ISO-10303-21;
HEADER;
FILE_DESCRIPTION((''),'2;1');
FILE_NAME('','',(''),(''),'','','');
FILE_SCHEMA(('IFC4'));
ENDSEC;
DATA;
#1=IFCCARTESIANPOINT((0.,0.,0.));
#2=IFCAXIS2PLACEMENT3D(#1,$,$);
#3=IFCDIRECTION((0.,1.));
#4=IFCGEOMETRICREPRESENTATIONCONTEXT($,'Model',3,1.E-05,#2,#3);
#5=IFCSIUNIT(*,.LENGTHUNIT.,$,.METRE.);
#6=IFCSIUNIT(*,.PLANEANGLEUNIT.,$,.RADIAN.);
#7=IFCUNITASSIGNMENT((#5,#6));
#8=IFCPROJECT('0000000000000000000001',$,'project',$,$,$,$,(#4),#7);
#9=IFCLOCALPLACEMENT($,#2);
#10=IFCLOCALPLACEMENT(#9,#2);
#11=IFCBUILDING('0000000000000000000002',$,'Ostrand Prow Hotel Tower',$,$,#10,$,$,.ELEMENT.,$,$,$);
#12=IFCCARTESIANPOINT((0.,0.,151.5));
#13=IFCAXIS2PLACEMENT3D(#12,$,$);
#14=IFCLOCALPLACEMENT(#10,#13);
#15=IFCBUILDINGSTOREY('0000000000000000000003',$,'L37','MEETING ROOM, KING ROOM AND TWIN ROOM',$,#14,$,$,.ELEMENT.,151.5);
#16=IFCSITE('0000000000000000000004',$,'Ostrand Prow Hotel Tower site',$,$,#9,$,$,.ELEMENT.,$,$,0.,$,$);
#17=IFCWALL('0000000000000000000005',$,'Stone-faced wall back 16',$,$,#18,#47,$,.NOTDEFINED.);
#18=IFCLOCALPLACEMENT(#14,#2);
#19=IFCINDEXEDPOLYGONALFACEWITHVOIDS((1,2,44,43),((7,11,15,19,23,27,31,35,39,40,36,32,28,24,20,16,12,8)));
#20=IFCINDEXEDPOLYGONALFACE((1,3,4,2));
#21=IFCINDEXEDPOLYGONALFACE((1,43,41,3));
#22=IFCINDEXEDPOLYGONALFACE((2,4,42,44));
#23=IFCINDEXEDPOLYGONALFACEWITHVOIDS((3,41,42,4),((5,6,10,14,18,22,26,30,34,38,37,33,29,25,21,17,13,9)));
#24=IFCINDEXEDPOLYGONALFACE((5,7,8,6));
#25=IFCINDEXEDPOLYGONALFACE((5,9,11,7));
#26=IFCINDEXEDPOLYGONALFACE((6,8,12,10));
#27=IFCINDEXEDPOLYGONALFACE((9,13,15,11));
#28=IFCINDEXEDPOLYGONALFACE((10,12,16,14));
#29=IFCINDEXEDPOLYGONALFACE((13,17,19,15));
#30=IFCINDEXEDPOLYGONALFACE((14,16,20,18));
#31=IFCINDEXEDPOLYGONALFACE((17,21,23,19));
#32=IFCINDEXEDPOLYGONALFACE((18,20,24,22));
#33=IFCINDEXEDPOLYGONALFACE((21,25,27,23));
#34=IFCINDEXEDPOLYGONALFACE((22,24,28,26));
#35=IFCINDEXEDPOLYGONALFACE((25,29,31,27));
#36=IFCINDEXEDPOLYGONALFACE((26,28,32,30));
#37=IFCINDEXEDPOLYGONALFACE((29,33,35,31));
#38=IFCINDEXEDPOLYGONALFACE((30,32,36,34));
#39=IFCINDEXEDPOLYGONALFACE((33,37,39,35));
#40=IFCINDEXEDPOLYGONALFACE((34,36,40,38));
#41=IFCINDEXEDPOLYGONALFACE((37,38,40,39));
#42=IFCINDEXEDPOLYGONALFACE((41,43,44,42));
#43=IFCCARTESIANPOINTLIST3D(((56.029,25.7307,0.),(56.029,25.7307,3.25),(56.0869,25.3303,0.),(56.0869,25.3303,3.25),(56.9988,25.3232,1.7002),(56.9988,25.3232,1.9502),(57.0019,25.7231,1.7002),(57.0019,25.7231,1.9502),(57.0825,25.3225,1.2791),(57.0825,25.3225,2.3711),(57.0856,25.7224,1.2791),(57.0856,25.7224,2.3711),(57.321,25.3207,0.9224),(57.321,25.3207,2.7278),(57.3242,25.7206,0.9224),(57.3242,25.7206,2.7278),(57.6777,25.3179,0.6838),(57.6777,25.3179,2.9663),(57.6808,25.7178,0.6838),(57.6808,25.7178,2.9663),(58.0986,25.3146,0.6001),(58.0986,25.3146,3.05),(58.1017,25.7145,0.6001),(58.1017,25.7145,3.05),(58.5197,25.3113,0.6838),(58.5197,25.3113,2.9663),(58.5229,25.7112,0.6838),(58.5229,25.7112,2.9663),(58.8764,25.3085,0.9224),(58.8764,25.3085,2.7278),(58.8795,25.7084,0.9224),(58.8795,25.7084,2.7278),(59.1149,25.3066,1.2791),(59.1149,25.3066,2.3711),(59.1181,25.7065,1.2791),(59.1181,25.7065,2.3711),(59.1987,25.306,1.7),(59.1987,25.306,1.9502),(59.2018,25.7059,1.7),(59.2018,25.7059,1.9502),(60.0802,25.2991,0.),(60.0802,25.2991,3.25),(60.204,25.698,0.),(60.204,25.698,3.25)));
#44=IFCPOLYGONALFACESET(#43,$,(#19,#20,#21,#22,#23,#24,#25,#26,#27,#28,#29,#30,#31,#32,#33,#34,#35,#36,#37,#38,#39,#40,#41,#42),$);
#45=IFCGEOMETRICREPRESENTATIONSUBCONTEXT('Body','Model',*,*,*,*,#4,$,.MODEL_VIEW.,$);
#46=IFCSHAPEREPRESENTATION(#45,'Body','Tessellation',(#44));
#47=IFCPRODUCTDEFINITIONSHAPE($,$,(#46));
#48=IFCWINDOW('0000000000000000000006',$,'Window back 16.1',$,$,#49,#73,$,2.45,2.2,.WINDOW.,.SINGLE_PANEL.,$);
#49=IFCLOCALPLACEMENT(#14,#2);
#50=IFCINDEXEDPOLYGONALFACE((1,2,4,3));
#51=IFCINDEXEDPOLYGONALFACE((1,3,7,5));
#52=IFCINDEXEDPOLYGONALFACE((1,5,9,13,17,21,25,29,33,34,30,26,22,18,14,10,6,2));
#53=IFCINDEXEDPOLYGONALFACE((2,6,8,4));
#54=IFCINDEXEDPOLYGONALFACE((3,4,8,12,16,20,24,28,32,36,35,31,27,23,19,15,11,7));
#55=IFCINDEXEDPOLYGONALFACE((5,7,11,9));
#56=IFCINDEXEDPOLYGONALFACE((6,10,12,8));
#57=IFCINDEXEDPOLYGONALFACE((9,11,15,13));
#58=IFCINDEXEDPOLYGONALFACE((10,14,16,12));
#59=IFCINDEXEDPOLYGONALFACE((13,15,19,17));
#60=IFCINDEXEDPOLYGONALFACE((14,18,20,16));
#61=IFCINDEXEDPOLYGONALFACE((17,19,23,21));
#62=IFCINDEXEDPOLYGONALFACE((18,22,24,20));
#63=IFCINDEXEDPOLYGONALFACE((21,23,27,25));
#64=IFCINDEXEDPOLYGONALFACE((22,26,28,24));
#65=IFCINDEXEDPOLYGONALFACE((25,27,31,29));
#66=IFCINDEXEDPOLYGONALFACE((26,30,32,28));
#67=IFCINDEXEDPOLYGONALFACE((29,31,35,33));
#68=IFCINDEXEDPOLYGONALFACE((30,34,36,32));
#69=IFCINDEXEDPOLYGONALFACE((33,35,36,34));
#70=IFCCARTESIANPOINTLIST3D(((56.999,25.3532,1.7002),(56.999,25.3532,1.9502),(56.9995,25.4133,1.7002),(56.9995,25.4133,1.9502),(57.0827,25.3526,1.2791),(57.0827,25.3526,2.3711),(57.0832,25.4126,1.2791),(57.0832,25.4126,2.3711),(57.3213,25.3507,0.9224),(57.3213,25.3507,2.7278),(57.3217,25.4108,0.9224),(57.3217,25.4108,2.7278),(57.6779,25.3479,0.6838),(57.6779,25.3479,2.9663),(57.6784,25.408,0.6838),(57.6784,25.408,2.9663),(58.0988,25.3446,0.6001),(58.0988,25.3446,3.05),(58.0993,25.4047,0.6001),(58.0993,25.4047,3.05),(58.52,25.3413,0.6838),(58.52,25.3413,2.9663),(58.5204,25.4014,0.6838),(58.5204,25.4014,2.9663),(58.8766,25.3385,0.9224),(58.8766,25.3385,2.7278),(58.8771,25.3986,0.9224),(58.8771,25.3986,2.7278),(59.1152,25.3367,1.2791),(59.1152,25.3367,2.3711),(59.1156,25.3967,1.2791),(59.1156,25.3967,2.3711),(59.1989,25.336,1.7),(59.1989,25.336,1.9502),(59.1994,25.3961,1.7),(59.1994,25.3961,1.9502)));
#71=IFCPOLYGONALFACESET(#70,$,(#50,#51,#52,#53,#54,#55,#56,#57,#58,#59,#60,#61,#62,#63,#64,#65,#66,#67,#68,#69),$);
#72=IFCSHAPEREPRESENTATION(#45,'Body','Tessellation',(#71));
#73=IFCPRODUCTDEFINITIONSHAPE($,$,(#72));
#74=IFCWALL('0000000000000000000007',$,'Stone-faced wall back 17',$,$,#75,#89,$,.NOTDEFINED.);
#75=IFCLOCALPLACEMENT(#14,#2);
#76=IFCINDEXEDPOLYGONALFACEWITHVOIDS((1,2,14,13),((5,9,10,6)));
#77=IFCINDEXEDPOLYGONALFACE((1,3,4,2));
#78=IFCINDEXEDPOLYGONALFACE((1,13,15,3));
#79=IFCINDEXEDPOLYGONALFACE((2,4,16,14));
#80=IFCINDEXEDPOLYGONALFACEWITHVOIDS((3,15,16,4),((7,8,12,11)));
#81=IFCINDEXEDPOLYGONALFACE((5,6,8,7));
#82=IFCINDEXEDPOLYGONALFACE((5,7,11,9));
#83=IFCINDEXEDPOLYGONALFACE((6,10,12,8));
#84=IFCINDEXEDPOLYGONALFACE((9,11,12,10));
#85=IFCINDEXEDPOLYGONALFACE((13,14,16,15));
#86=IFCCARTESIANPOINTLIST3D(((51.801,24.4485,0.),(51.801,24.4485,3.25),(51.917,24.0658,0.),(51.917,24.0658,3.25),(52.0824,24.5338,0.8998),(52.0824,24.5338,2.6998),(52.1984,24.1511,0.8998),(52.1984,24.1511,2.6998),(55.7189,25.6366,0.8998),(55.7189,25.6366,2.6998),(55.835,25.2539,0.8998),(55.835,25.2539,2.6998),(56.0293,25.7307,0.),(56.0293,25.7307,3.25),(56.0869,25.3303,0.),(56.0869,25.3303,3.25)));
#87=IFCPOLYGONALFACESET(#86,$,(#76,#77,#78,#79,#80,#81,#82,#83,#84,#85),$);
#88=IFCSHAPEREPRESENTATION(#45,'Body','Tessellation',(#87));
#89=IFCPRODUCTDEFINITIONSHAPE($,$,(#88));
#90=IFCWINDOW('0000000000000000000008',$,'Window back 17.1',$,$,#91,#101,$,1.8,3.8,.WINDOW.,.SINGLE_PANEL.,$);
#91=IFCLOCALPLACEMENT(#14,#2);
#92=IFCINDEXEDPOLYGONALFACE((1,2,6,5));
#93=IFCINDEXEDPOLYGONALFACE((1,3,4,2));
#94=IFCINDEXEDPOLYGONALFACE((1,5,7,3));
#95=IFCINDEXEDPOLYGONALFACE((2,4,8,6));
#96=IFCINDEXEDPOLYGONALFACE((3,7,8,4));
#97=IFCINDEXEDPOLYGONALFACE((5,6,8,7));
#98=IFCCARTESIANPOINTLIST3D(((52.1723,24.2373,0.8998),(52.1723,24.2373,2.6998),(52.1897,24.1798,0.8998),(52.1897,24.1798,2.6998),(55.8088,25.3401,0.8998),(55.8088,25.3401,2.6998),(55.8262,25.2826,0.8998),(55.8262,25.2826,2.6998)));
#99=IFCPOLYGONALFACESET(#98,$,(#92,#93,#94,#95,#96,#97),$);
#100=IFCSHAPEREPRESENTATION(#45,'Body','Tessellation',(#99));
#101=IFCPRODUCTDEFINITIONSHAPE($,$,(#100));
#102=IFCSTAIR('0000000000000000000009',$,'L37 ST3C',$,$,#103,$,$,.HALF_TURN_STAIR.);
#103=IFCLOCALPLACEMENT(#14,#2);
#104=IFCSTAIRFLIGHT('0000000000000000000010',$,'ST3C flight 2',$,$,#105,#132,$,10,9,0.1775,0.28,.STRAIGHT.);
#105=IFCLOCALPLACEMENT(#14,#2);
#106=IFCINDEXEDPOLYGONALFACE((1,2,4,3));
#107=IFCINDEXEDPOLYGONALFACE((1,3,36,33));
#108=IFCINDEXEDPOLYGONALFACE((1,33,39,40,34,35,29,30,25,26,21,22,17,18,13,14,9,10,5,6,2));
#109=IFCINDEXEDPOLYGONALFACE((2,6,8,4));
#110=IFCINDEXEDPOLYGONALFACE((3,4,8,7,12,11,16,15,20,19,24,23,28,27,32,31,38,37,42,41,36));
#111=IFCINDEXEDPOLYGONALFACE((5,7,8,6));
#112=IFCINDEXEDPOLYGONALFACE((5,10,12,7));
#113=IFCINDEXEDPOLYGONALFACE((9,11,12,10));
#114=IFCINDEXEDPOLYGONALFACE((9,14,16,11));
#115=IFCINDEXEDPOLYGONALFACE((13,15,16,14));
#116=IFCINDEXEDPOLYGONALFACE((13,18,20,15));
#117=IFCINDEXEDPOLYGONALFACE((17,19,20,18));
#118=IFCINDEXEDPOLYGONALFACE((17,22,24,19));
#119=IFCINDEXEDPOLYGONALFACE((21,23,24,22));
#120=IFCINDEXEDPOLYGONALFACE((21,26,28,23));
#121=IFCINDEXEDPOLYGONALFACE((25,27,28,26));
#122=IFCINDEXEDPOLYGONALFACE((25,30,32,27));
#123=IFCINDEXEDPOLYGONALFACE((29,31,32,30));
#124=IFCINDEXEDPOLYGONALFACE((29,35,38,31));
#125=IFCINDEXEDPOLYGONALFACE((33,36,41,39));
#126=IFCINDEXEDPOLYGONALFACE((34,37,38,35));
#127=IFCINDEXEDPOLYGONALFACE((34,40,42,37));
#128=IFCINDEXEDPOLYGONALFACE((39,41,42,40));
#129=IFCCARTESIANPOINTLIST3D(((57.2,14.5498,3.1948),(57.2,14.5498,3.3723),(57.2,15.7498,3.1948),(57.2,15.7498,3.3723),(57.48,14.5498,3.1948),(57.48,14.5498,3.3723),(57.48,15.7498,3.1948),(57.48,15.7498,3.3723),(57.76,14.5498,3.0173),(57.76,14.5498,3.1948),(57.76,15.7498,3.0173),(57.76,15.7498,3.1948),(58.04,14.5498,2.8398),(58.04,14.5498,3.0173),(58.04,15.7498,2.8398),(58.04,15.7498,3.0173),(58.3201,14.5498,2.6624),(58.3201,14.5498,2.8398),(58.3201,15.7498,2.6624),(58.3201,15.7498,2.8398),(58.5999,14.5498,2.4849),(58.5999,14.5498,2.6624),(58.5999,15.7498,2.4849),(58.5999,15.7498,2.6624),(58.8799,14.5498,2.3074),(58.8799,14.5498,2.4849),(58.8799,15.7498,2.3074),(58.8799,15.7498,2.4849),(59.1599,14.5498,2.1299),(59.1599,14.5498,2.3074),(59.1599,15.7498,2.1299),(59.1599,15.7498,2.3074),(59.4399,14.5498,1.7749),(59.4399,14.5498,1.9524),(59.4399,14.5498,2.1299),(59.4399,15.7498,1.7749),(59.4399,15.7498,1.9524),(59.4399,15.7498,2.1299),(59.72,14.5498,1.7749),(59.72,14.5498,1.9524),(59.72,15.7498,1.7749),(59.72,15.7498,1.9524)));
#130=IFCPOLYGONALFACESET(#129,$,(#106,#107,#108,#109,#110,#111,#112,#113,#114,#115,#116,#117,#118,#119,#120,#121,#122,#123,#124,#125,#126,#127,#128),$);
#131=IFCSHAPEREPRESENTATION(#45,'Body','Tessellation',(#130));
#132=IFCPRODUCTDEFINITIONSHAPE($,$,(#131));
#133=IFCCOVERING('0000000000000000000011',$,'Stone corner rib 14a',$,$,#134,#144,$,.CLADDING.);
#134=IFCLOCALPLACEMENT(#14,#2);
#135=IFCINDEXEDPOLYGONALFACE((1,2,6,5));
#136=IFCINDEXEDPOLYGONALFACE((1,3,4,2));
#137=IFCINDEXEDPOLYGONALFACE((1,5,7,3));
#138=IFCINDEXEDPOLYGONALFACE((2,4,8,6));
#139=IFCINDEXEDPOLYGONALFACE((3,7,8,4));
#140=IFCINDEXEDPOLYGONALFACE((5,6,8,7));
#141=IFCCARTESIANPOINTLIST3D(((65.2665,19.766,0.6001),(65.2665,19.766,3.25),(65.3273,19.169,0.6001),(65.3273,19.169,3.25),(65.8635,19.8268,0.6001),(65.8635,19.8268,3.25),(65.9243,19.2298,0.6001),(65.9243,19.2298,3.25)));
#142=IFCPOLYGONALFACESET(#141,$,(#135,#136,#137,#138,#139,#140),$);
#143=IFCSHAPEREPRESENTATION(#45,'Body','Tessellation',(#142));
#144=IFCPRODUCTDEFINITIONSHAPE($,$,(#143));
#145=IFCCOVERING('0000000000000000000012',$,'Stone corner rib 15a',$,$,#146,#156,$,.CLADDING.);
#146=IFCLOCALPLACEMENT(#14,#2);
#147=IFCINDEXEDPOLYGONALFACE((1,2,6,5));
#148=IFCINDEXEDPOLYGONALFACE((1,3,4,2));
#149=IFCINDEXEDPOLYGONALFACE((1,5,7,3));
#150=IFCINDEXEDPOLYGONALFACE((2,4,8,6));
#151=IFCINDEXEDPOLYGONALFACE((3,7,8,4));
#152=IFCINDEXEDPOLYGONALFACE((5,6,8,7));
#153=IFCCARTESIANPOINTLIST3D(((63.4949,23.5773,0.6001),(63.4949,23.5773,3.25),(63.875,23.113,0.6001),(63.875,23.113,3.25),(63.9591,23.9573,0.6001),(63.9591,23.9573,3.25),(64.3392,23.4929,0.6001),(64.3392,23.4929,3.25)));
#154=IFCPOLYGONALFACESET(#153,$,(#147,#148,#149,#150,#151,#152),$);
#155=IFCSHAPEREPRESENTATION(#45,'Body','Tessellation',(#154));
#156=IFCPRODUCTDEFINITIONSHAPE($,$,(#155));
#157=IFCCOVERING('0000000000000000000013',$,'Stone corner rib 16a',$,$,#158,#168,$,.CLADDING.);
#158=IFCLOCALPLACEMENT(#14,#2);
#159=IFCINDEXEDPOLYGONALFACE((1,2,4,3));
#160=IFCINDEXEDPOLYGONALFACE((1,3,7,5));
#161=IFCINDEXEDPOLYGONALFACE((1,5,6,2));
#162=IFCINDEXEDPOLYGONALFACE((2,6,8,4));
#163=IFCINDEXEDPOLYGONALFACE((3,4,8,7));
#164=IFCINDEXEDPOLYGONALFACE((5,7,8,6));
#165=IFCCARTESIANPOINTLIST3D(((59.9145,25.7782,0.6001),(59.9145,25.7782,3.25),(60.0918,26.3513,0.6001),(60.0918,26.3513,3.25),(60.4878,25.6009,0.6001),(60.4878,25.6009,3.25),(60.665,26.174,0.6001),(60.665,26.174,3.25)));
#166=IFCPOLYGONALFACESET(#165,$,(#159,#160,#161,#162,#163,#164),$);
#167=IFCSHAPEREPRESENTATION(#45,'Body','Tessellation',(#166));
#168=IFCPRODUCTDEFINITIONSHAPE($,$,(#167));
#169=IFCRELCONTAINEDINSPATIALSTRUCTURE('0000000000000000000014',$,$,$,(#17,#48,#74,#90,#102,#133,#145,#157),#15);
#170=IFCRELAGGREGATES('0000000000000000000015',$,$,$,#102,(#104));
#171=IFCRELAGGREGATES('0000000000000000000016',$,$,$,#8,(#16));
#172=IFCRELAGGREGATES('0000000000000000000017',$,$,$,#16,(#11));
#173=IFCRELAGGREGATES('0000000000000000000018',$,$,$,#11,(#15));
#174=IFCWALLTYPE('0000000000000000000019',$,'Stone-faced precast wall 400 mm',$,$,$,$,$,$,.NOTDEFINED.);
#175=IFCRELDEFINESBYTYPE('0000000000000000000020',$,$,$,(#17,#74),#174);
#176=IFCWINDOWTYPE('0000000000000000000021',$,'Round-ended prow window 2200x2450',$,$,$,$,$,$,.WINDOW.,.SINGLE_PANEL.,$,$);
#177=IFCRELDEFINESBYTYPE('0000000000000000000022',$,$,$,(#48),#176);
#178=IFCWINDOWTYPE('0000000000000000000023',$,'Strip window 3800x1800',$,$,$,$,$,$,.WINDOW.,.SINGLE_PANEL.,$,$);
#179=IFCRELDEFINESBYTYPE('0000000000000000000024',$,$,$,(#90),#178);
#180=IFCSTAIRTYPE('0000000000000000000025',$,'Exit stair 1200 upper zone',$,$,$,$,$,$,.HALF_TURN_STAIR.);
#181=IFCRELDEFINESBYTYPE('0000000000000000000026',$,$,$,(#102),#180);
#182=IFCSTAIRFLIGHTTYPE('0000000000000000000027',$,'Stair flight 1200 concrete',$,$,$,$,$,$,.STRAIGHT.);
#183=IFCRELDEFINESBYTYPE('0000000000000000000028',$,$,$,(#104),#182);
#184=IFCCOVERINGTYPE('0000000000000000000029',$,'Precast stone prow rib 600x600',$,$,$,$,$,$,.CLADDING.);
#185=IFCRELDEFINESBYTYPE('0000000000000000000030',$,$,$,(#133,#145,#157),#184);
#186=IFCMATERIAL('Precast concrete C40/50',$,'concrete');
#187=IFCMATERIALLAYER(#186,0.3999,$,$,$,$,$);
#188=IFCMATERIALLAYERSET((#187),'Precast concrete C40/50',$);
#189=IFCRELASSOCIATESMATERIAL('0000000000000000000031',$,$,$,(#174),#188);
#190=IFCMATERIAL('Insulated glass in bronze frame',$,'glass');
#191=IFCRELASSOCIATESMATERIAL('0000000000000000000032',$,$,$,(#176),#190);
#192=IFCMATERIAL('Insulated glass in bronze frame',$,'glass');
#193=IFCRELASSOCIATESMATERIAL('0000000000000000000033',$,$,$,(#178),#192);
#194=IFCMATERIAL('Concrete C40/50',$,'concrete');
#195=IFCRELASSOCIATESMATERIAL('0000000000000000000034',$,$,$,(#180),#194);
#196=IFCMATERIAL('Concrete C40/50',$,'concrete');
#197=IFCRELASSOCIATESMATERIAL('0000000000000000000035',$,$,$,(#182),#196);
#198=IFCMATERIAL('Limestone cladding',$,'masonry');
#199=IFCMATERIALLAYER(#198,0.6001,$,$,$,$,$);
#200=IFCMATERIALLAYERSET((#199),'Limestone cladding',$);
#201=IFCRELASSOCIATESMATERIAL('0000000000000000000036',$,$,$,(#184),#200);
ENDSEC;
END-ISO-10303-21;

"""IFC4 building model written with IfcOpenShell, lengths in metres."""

from ifc_helpers import new_model, si_unit, direction, frame, frame_2d, origin, place, context, subcontext, project, spatial, polyline, rectangle, outline, extrude, material, layer, layer_set, type_object, element, fill, aggregate, save


model = new_model("IFC4")

# Units and contexts
model_context = context("Model", 3, precision=1e-05, world=origin(), true_north=direction((0.0, 1.0)))
body_context = subcontext(model_context, "Body", "Model", "MODEL_VIEW")
ifc_project = project(units=[si_unit("LENGTHUNIT", "METRE"), si_unit("PLANEANGLEUNIT", "RADIAN")], contexts=[model_context])

# Site, building, storey
site_placement = place(None, origin())
site = spatial("IfcSite", under=ifc_project, at=site_placement, Name="Ostrand Prow Hotel Tower site", CompositionType="ELEMENT", RefElevation=0.0)
building_placement = place(site_placement, origin())
building = spatial("IfcBuilding", under=site, at=building_placement, Name="Ostrand Prow Hotel Tower", CompositionType="ELEMENT")
storey_placement = place(building_placement, frame((0.0, 0.0, 151.5)))
storey = spatial("IfcBuildingStorey", under=building, at=storey_placement, Name="L37", Description="MEETING ROOM, KING ROOM AND TWIN ROOM", CompositionType="ELEMENT", Elevation=151.5)

# Shared definitions
ifc_material_1 = material(Name="Precast concrete C40/50", Category="concrete")
ifc_layer_1 = layer(ifc_material_1, 0.3999)
ifc_layer_set_1 = layer_set([ifc_layer_1], Name="Precast concrete C40/50")
wall_type_1 = type_object("IfcWallType", Name="Stone-faced precast wall 400 mm", PredefinedType="NOTDEFINED", material=ifc_layer_set_1)

# Walls, openings, windows
ifc_material_2 = material(Name="Insulated glass in bronze frame", Category="glass")
window_type_1 = type_object("IfcWindowType", Name="Round-ended prow window 2200x2450", PartitioningType="SINGLE_PANEL", PredefinedType="WINDOW", material=ifc_material_2)
wall_1_placement = place(storey_placement, frame((60.1421, 25.4985, 0.0), z_axis=(0.0, 0.0, 1.0), x_axis=(-0.999969, 0.007831, 0.0)))
wall_1 = element("IfcWall", 1, at=wall_1_placement, inside=storey, type_object=wall_type_1, Name="Stone-faced wall back 16", PredefinedType="NOTDEFINED", context=body_context, shape_type="SweptSolid", body=[
    extrude(outline(polyline([(-0.0603, -0.2), (4.1147, -0.2), (4.0537, 0.2), (0.0603, 0.2), (-0.0603, -0.2)])), origin(), (0.0, 0.0, 1.0), 3.25),
])
opening_1_placement = place(wall_1_placement, frame((0.9419, 0.0, 0.6001)))
opening_1 = element("IfcOpeningElement", 2, at=opening_1_placement, cuts=wall_1, PredefinedType="OPENING", context=body_context, shape_type="SweptSolid", body=[
    extrude(outline(polyline([(0.0, 1.3501), (0.0837, 1.771), (0.3223, 2.1277), (0.679, 2.3662), (1.1001, 2.45), (1.521, 2.3662), (1.8777, 2.1277), (2.1162, 1.771), (2.2, 1.3501), (2.2, 1.1001), (2.1162, 0.679), (1.8777, 0.3223), (1.521, 0.0837), (1.1001, 0.0), (0.679, 0.0837), (0.3223, 0.3223), (0.0837, 0.679), (0.0, 1.0999), (0.0, 1.3501)])), frame((0.0, 0.21, 0.0), z_axis=(0.0, -1.0, 0.0), x_axis=(1.0, 0.0, 0.0)), (0.0, 0.0, 1.0), 0.4199),
])
window_1_placement = place(opening_1_placement, origin())
window_1 = element("IfcWindow", 3, at=window_1_placement, inside=storey, type_object=window_type_1, Name="Window back 16.1", OverallHeight=2.45, OverallWidth=2.2, PartitioningType="SINGLE_PANEL", PredefinedType="WINDOW", context=body_context, shape_type="SweptSolid", body=[
    extrude(outline(polyline([(0.0, 1.3501), (0.0837, 1.771), (0.3223, 2.1277), (0.679, 2.3662), (1.1001, 2.45), (1.521, 2.3662), (1.8777, 2.1277), (2.1162, 1.771), (2.2, 1.3501), (2.2, 1.1001), (2.1162, 0.679), (1.8777, 0.3223), (1.521, 0.0837), (1.1001, 0.0), (0.679, 0.0837), (0.3223, 0.3223), (0.0837, 0.679), (0.0, 1.0999), (0.0, 1.3501)])), frame((0.0, 0.1699, 0.0), z_axis=(0.0, -1.0, 0.0), x_axis=(1.0, 0.0, 0.0)), (0.0, 0.0, 1.0), 0.0601),
])
fill(opening_1, window_1)
wall_2_placement = place(storey_placement, frame((56.0581, 25.5305, 0.0), z_axis=(0.0, 0.0, 1.0), x_axis=(-0.956964, -0.290205, 0.0)))
wall_2 = element("IfcWall", 4, at=wall_2_placement, inside=storey, type_object=wall_type_1, Name="Stone-faced wall back 17", PredefinedType="NOTDEFINED", context=body_context, shape_type="SweptSolid", body=[
    extrude(outline(polyline([(-0.0305, -0.2), (4.3879, -0.2), (4.3879, 0.2), (0.0305, 0.2), (-0.0305, -0.2)])), origin(), (0.0, 0.0, 1.0), 3.25),
])
opening_2_placement = place(wall_2_placement, frame((0.2939, 0.0, 0.8999)))
opening_2 = element("IfcOpeningElement", 5, at=opening_2_placement, cuts=wall_2, PredefinedType="OPENING", context=body_context, shape_type="SweptSolid", body=[
    extrude(rectangle(XDim=3.8, YDim=1.8, at=frame_2d((1.8999, 0.8999))), frame((0.0, 0.21, 0.0), z_axis=(0.0, -1.0, 0.0), x_axis=(1.0, 0.0, 0.0)), (0.0, 0.0, 1.0), 0.4199),
])
ifc_material_3 = material(Name="Insulated glass in bronze frame", Category="glass")
window_type_2 = type_object("IfcWindowType", Name="Strip window 3800x1800", PartitioningType="SINGLE_PANEL", PredefinedType="WINDOW", material=ifc_material_3)
window_2_placement = place(opening_2_placement, origin())
window_2 = element("IfcWindow", 6, at=window_2_placement, inside=storey, type_object=window_type_2, Name="Window back 17.1", OverallHeight=1.8, OverallWidth=3.8, PartitioningType="SINGLE_PANEL", PredefinedType="WINDOW", context=body_context, shape_type="SweptSolid", body=[
    extrude(rectangle(XDim=3.8, YDim=1.8, at=frame_2d((1.8999, 0.8999))), frame((0.0, 0.1699, 0.0), z_axis=(0.0, -1.0, 0.0), x_axis=(1.0, 0.0, 0.0)), (0.0, 0.0, 1.0), 0.0601),
])
fill(opening_2, window_2)

# Stair, stair flight
ifc_material_4 = material(Name="Concrete C40/50", Category="concrete")
stair_type = type_object("IfcStairType", Name="Exit stair 1200 upper zone", PredefinedType="HALF_TURN_STAIR", material=ifc_material_4)
stair_placement = place(storey_placement, origin())
stair = element("IfcStair", 7, at=stair_placement, inside=storey, type_object=stair_type, Name="L37 ST3C", PredefinedType="HALF_TURN_STAIR")
ifc_material_5 = material(Name="Concrete C40/50", Category="concrete")
stair_flight_type = type_object("IfcStairFlightType", Name="Stair flight 1200 concrete", PredefinedType="STRAIGHT", material=ifc_material_5)
stair_flight_placement = place(storey_placement, frame((59.72, 15.1499, 1.7749), z_axis=(0.0, 0.0, 1.0), x_axis=(-1.0, 0.0, 0.0)))
stair_flight = element("IfcStairFlight", 8, at=stair_flight_placement, type_object=stair_flight_type, Name="ST3C flight 2", NumberOfRisers=10, NumberOfTreads=9, PredefinedType="STRAIGHT", RiserHeight=0.1775, TreadLength=0.28, context=body_context, shape_type="SweptSolid", body=[
    extrude(outline(polyline([(0.0, 0.0), (0.0, 0.1775), (0.28, 0.1775), (0.28, 0.355), (0.5601, 0.355), (0.5601, 0.5325), (0.8401, 0.5325), (0.8401, 0.71), (1.1201, 0.71), (1.1201, 0.8875), (1.3999, 0.8875), (1.3999, 1.0649), (1.6799, 1.0649), (1.6799, 1.2424), (1.96, 1.2424), (1.96, 1.4199), (2.24, 1.4199), (2.24, 1.5974), (2.52, 1.5974), (2.52, 1.7749), (2.52, 1.4199), (0.28, 0.0), (0.0, 0.0)])), frame((0.0, 0.6001, 0.0), z_axis=(0.0, -1.0, 0.0), x_axis=(1.0, 0.0, 0.0)), (0.0, 0.0, 1.0), 1.2),
])
aggregate(stair, [stair_flight])

# Coverings
ifc_material_6 = material(Name="Limestone cladding", Category="masonry")
ifc_layer_2 = layer(ifc_material_6, 0.6001)
ifc_layer_set_2 = layer_set([ifc_layer_2], Name="Limestone cladding")
covering_type = type_object("IfcCoveringType", Name="Precast stone prow rib 600x600", PredefinedType="CLADDING", material=ifc_layer_set_2)
covering_1_placement = place(storey_placement, frame((65.2969, 19.4675, 0.6001), z_axis=(0.0, 0.0, 1.0), x_axis=(0.994854, 0.101316, 0.0)))
element("IfcCovering", 9, at=covering_1_placement, inside=storey, type_object=covering_type, Name="Stone corner rib 14a", PredefinedType="CLADDING", context=body_context, shape_type="SweptSolid", body=[
    extrude(rectangle(XDim=0.6001, YDim=0.6001, at=frame_2d((0.3, 0.0))), origin(), (0.0, 0.0, 1.0), 2.6499),
])
for number, where, z_axis, x_axis, name in (
    (10, (63.6851, 23.3452, 0.6001), (0.0, 0.0, 1.0), (0.77383, 0.633393, 0.0), "Stone corner rib 15a"),
    (11, (60.2012, 25.6897, 0.6001), (0.0, 0.0, 1.0), (0.295516, 0.955338, 0.0), "Stone corner rib 16a"),
):
    element("IfcCovering", number, at=place(storey_placement, frame(where, z_axis=z_axis, x_axis=x_axis)), inside=storey, type_object=covering_type, Name=name, PredefinedType="CLADDING", context=body_context, shape_type="SweptSolid", body=[
        extrude(rectangle(XDim=0.5999, YDim=0.6001, at=frame_2d((0.2998, 0.0))), origin(), (0.0, 0.0, 1.0), 2.6499),
    ])

save(model, "model.ifc")
